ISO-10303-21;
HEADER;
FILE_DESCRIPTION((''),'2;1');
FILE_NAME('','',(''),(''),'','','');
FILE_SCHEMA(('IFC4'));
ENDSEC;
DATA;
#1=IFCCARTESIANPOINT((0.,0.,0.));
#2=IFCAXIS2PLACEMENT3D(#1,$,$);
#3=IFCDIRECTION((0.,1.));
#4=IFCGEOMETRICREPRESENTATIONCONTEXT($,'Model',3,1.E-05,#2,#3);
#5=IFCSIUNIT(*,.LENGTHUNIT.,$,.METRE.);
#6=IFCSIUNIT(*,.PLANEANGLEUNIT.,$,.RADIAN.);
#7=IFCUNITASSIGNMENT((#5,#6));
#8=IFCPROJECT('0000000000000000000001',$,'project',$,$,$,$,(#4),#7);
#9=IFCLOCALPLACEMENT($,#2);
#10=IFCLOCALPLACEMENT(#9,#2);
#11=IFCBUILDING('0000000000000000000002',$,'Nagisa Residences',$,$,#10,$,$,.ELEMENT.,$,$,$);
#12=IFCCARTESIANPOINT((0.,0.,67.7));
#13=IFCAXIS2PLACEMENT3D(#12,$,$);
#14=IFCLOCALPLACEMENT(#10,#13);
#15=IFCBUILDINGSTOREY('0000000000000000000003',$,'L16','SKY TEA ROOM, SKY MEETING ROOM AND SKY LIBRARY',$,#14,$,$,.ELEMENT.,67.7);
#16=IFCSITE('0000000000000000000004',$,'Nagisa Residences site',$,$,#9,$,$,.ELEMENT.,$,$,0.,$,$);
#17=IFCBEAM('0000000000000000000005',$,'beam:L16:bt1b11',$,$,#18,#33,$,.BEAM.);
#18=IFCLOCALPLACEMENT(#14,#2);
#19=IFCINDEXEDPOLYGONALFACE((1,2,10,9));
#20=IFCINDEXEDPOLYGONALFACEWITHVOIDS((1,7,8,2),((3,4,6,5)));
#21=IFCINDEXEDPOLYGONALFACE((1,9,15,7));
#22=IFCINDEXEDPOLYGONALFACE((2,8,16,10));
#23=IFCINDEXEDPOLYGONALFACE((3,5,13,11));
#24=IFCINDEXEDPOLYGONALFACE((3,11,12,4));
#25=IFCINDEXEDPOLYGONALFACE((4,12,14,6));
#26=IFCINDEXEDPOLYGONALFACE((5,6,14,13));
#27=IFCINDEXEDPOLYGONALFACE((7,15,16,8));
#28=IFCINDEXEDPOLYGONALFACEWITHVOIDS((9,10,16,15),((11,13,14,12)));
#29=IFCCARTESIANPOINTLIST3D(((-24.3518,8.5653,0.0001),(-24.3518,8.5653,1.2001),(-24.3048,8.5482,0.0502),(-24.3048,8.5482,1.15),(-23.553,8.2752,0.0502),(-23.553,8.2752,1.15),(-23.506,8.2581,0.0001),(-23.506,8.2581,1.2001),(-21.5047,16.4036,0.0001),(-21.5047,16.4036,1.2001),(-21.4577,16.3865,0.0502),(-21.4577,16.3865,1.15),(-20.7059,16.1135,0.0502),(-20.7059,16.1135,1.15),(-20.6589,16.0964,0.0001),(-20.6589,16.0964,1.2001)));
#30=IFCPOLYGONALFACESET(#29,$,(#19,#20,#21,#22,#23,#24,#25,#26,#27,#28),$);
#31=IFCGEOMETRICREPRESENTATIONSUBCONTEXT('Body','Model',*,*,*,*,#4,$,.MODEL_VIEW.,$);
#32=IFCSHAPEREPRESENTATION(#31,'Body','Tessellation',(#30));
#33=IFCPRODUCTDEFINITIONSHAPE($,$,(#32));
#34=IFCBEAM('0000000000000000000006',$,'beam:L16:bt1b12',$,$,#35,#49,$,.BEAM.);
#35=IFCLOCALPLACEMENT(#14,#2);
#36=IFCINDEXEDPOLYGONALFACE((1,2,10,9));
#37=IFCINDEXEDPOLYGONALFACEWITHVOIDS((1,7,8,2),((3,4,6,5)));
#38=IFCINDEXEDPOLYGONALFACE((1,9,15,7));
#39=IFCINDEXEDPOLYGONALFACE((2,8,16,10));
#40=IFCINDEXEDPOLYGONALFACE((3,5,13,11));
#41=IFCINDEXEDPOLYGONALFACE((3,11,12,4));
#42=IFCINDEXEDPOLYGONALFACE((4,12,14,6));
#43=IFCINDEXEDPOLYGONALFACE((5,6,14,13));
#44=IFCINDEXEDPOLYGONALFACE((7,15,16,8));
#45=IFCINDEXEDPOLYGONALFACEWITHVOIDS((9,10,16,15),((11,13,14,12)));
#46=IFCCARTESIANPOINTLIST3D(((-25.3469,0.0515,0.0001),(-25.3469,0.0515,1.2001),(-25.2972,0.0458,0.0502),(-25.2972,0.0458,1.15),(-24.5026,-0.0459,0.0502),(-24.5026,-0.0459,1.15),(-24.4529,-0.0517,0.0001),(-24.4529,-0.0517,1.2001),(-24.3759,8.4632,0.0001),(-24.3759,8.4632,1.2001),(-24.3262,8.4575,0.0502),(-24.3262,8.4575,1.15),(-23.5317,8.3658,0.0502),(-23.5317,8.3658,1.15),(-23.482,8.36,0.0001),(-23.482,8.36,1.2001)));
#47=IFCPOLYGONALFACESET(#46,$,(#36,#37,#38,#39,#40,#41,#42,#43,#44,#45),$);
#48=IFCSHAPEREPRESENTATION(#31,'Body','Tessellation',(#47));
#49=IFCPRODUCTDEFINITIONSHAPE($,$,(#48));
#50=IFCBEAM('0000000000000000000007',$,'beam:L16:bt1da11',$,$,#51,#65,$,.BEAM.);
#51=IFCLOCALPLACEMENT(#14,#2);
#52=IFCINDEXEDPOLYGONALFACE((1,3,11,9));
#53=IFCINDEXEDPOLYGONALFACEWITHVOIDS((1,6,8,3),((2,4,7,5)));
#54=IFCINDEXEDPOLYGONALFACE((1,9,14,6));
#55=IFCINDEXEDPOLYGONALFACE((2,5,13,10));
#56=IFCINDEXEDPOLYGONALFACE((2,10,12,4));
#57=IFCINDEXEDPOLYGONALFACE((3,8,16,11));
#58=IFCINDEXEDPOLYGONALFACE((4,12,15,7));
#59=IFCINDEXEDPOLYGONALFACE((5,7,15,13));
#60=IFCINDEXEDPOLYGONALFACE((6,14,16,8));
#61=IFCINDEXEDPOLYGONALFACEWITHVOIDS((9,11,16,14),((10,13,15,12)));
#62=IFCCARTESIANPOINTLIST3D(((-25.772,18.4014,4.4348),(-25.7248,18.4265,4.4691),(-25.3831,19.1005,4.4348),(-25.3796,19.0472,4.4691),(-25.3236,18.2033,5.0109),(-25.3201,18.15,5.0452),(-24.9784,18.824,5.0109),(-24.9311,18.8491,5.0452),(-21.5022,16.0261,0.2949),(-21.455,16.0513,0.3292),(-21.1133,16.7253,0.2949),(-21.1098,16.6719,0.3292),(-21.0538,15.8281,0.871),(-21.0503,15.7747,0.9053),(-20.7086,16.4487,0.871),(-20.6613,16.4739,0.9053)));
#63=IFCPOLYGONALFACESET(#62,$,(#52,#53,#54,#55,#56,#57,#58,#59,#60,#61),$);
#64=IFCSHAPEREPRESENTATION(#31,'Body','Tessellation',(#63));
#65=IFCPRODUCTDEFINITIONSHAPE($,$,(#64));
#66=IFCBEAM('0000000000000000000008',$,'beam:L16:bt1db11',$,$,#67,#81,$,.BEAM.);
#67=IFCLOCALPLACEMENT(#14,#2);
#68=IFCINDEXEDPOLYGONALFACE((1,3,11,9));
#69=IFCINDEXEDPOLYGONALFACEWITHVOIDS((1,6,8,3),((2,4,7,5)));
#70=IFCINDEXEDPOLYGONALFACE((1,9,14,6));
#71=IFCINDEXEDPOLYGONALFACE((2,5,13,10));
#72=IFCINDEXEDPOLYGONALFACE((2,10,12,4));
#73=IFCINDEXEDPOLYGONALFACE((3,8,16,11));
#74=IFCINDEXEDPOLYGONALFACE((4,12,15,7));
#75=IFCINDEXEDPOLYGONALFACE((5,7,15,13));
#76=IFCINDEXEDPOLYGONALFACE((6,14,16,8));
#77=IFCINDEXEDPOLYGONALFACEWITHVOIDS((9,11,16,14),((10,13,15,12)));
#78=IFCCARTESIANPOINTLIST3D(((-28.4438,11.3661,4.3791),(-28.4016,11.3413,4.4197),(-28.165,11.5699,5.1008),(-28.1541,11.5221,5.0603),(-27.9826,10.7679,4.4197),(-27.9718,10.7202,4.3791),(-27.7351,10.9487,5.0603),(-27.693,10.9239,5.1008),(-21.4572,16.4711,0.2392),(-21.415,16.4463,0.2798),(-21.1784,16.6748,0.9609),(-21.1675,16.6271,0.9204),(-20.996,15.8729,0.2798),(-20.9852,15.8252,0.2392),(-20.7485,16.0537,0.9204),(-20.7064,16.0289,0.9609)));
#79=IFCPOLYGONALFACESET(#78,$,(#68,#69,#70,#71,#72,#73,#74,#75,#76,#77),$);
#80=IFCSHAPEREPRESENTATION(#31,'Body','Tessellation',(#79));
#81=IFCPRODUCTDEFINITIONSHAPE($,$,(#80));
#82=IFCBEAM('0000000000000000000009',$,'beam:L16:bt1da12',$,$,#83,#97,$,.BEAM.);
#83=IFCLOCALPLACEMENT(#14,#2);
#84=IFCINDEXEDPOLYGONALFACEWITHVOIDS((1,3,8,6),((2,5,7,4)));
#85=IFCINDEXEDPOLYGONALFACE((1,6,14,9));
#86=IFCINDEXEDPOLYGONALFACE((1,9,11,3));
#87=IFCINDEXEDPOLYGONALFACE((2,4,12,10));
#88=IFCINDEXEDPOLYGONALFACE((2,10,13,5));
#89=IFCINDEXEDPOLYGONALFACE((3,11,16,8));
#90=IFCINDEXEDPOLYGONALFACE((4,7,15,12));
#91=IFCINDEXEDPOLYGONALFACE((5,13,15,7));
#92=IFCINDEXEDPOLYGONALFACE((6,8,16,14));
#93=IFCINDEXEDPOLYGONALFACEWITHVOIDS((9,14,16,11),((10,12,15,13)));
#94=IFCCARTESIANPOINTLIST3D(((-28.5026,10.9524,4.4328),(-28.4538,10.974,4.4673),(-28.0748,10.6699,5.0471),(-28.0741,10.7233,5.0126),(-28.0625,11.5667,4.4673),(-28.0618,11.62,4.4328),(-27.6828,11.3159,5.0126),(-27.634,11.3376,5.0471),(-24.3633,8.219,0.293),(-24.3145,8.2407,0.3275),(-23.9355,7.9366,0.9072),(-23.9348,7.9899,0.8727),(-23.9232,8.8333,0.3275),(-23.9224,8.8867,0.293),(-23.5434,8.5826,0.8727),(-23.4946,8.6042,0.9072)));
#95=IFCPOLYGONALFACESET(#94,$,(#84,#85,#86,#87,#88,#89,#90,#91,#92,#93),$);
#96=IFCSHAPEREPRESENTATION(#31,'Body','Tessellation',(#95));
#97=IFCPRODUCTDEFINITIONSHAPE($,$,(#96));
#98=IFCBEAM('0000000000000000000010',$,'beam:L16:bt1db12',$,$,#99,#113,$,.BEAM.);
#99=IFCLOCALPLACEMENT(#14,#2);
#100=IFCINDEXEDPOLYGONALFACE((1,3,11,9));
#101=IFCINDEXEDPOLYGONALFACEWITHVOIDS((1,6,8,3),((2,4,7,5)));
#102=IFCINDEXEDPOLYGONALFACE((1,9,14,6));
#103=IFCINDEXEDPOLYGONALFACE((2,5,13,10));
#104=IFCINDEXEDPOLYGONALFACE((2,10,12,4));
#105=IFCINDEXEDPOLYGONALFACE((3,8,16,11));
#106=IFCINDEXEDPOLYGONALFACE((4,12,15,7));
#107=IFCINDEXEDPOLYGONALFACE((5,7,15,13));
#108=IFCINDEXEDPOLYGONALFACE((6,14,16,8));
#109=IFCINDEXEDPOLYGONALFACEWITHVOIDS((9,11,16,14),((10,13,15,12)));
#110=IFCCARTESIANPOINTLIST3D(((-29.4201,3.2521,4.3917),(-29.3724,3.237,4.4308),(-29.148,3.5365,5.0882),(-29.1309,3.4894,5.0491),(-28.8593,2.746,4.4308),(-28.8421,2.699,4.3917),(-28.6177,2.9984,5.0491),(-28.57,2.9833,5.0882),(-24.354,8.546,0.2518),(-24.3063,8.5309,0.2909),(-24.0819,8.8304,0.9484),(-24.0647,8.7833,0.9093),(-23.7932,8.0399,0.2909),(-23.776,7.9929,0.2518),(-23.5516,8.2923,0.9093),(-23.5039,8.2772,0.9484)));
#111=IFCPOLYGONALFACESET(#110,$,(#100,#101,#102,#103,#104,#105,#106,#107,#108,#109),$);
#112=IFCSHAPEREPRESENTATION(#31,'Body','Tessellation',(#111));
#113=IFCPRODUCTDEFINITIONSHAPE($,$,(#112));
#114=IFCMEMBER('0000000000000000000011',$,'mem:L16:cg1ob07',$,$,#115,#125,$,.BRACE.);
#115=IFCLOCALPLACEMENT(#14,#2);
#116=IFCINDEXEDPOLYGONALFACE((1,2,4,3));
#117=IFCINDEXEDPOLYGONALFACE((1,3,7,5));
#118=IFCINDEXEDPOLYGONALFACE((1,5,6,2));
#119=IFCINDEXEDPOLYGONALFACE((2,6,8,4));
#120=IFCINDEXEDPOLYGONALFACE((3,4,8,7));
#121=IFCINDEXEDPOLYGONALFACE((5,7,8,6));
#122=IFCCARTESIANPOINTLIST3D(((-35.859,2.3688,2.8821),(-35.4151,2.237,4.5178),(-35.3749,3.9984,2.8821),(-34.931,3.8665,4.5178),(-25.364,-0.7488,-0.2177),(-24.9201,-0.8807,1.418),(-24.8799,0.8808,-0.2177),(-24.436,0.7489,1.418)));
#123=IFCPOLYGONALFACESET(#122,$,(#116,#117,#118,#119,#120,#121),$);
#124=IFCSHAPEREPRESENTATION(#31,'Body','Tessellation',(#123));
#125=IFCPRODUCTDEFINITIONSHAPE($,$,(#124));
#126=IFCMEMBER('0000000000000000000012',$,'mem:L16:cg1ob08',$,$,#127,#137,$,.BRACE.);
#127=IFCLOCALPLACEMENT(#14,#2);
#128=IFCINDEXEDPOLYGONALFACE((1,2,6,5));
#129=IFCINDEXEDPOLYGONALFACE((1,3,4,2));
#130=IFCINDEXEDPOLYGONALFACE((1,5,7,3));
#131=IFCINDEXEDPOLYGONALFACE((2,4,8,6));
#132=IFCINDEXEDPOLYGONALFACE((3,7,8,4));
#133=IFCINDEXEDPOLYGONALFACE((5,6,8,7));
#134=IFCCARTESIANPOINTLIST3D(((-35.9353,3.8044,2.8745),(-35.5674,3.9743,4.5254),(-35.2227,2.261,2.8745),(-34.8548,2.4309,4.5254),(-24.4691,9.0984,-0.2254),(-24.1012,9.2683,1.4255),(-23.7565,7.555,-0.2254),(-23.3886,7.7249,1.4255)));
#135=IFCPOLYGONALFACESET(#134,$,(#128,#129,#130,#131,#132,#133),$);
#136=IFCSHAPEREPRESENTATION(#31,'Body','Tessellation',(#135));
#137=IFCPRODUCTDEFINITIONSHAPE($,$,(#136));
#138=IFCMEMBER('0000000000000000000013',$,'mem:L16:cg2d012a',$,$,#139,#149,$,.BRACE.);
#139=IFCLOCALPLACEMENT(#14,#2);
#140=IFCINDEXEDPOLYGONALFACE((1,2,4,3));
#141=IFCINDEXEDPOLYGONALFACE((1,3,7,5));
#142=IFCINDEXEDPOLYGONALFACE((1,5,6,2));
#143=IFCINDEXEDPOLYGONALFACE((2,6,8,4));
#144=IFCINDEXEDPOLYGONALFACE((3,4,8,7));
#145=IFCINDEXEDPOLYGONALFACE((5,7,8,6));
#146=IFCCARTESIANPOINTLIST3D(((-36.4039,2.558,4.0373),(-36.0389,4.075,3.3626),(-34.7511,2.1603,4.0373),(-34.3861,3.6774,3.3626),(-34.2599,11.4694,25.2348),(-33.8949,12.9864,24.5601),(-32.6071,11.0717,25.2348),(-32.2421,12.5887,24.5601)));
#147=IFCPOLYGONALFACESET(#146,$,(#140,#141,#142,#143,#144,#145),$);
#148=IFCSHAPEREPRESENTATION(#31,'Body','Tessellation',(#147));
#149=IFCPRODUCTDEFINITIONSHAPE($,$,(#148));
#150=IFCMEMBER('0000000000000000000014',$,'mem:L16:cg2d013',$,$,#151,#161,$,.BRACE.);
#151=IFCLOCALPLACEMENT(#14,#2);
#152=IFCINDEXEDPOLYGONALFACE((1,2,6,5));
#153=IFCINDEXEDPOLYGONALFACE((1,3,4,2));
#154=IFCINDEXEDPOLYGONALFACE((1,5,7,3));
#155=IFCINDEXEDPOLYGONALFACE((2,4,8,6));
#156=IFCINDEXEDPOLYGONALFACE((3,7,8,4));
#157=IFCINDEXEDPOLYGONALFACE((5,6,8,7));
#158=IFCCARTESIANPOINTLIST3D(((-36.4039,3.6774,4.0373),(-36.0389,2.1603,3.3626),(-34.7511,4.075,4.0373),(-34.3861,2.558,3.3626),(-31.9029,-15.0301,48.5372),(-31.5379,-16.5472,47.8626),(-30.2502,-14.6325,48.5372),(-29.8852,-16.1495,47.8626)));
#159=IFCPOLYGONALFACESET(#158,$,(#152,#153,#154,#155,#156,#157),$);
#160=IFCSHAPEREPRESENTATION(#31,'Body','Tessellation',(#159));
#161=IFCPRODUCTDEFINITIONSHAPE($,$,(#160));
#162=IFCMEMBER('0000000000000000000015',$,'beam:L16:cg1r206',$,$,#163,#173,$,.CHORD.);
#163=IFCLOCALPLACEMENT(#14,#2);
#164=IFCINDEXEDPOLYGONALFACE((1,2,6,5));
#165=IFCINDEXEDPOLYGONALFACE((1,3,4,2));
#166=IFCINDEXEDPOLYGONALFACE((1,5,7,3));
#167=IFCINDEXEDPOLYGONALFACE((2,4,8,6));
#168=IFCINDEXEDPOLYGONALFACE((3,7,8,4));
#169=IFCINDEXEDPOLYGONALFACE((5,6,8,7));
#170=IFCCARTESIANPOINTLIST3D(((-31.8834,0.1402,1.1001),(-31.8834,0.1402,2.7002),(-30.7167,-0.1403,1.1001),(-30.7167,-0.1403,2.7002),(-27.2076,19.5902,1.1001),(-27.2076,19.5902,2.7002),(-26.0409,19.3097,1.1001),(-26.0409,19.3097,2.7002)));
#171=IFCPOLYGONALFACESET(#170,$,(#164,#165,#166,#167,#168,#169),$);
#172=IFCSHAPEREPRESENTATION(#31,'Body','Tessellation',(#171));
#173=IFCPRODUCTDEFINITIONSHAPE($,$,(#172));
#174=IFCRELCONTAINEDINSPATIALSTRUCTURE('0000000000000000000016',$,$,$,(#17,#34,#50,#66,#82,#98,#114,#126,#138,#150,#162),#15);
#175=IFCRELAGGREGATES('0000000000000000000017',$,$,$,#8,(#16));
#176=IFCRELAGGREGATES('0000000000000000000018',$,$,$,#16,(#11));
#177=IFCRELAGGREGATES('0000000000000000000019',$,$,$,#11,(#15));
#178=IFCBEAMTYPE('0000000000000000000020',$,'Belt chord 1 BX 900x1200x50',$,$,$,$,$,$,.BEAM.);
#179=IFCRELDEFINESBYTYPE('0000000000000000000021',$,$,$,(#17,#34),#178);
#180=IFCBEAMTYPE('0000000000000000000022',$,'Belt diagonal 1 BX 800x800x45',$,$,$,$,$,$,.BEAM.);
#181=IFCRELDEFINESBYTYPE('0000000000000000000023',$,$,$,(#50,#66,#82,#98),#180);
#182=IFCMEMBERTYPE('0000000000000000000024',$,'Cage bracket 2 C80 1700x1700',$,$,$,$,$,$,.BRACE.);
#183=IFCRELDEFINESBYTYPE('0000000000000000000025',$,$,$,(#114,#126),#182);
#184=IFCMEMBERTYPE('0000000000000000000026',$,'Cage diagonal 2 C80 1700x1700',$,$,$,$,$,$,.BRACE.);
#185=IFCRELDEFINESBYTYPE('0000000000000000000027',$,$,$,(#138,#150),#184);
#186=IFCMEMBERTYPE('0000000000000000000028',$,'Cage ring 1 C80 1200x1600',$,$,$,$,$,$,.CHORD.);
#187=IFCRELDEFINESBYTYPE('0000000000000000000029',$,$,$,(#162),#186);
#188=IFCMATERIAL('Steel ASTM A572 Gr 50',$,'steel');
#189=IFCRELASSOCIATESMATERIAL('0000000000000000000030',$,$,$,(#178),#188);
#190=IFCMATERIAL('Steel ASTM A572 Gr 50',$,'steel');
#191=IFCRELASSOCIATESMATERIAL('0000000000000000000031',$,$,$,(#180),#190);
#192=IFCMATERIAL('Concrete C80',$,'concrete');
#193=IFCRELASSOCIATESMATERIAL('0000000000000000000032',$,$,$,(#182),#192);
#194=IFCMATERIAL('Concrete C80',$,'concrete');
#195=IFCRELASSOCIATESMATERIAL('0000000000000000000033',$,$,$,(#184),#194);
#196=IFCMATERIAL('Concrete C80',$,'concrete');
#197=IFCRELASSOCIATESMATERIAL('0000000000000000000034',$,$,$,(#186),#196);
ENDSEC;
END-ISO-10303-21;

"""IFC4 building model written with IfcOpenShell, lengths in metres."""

from ifc_helpers import new_model, si_unit, direction, frame, origin, origin_2d, place, context, subcontext, project, spatial, rectangle, hollow_rectangle, extrude, material, material_profile, profile_set, type_object, element, save


model = new_model("IFC4")

# Units and contexts
model_context = context("Model", 3, precision=1e-05, world=origin(), true_north=direction((0.0, 1.0)))
body_context = subcontext(model_context, "Body", "Model", "MODEL_VIEW")
ifc_project = project(units=[si_unit("LENGTHUNIT", "METRE"), si_unit("PLANEANGLEUNIT", "RADIAN")], contexts=[model_context])

# Site, building, storey
site_placement = place(None, origin())
site = spatial("IfcSite", under=ifc_project, at=site_placement, Name="Nagisa Residences site", CompositionType="ELEMENT", RefElevation=0.0)
building_placement = place(site_placement, origin())
building = spatial("IfcBuilding", under=site, at=building_placement, Name="Nagisa Residences", CompositionType="ELEMENT")
storey_placement = place(building_placement, frame((0.0, 0.0, 67.7)))
storey = spatial("IfcBuildingStorey", under=building, at=storey_placement, Name="L16", Description="SKY TEA ROOM, SKY MEETING ROOM AND SKY LIBRARY", CompositionType="ELEMENT", Elevation=67.7)

# Beams
ifc_material_1 = material(Name="Steel ASTM A572 Gr 50", Category="steel")
ifc_material_profile_1 = material_profile(ifc_material_1, hollow_rectangle(XDim=0.8999, YDim=1.2, WallThickness=0.05, at=origin_2d()), Name="BX 900x1200x50")
ifc_profile_set_1 = profile_set([ifc_material_profile_1], Name="Steel ASTM A572 Gr 50")
beam_type_1 = type_object("IfcBeamType", Name="Belt chord 1 BX 900x1200x50", PredefinedType="BEAM", material=ifc_profile_set_1)
beam_1_placement = place(storey_placement, frame((-21.0818, 16.25, 0.6001), z_axis=(-0.341409, -0.939915, 0.0), x_axis=(0.939915, -0.341409, 0.0)))
element("IfcBeam", 1, at=beam_1_placement, inside=storey, type_object=beam_type_1, Name="beam:L16:bt1b11", PredefinedType="BEAM", context=body_context, shape_type="SweptSolid", body=[
    extrude(hollow_rectangle(XDim=0.8999, YDim=1.2, WallThickness=0.05, at=origin_2d()), origin(), (0.0, 0.0, 1.0), 8.3394),
])
beam_2_placement = place(storey_placement, frame((-23.929, 8.4116, 0.6001), z_axis=(-0.114668, -0.993404, 0.0), x_axis=(0.993404, -0.114668, 0.0)))
element("IfcBeam", 2, at=beam_2_placement, inside=storey, type_object=beam_type_1, Name="beam:L16:bt1b12", PredefinedType="BEAM", context=body_context, shape_type="SweptSolid", body=[
    extrude(hollow_rectangle(XDim=0.8999, YDim=1.2, WallThickness=0.05, at=origin_2d()), origin(), (0.0, 0.0, 1.0), 8.4675),
])
ifc_material_2 = material(Name="Steel ASTM A572 Gr 50", Category="steel")
ifc_material_profile_2 = material_profile(ifc_material_2, hollow_rectangle(XDim=0.8, YDim=0.8, WallThickness=0.0449, at=origin_2d()), Name="BX 800x800x45")
ifc_profile_set_2 = profile_set([ifc_material_profile_2], Name="Steel ASTM A572 Gr 50")
beam_type_2 = type_object("IfcBeamType", Name="Belt diagonal 1 BX 800x800x45", PredefinedType="BEAM", material=ifc_profile_set_2)
beam_3_placement = place(storey_placement, frame((-21.0818, 16.25, 0.6001), z_axis=(-0.666734, 0.370899, 0.646452), x_axis=(-0.486135, -0.873884, 0.0)))
element("IfcBeam", 3, at=beam_3_placement, inside=storey, type_object=beam_type_2, Name="beam:L16:bt1da11", PredefinedType="BEAM", context=body_context, shape_type="SweptSolid", body=[
    extrude(hollow_rectangle(XDim=0.8, YDim=0.8, WallThickness=0.0449, at=origin_2d()), origin(), (0.0, 0.0, 1.0), 6.4041),
])
beam_4_placement = place(storey_placement, frame((-21.0818, 16.25, 0.6001), z_axis=(-0.728354, -0.532197, 0.431586), x_axis=(0.589972, -0.807424, 0.0)))
element("IfcBeam", 4, at=beam_4_placement, inside=storey, type_object=beam_type_2, Name="beam:L16:bt1db11", PredefinedType="BEAM", context=body_context, shape_type="SweptSolid", body=[
    extrude(hollow_rectangle(XDim=0.8, YDim=0.8, WallThickness=0.0449, at=origin_2d()), origin(), (0.0, 0.0, 1.0), 9.5923),
])
beam_5_placement = place(storey_placement, frame((-23.929, 8.4116, 0.6001), z_axis=(-0.640673, 0.42306, 0.640749), x_axis=(-0.551038, -0.83448, 0.0)))
element("IfcBeam", 5, at=beam_5_placement, inside=storey, type_object=beam_type_2, Name="beam:L16:bt1da12", PredefinedType="BEAM", context=body_context, shape_type="SweptSolid", body=[
    extrude(hollow_rectangle(XDim=0.8, YDim=0.8, WallThickness=0.0449, at=origin_2d()), origin(), (0.0, 0.0, 1.0), 6.4609),
])
beam_6_placement = place(storey_placement, frame((-23.929, 8.4116, 0.6001), z_axis=(-0.601962, -0.629027, 0.491902), x_axis=(0.722479, -0.691393, 0.0)))
element("IfcBeam", 6, at=beam_6_placement, inside=storey, type_object=beam_type_2, Name="beam:L16:bt1db12", PredefinedType="BEAM", context=body_context, shape_type="SweptSolid", body=[
    extrude(hollow_rectangle(XDim=0.8, YDim=0.8, WallThickness=0.0449, at=origin_2d()), origin(), (0.0, 0.0, 1.0), 8.416),
])

# Members
ifc_material_3 = material(Name="Concrete C80", Category="concrete")
ifc_material_profile_3 = material_profile(ifc_material_3, rectangle(XDim=1.7, YDim=1.7, at=origin_2d()), Name="C80 1700x1700")
ifc_profile_set_3 = profile_set([ifc_material_profile_3], Name="Concrete C80")
member_type_1 = type_object("IfcMemberType", Name="Cage bracket 2 C80 1700x1700", PredefinedType="BRACE", material=ifc_profile_set_3)
member_1_placement = place(storey_placement, frame((-35.395, 3.1177, 3.7), z_axis=(0.922342, -0.273991, -0.272424), x_axis=(0.284761, 0.958599, 0.0)))
element("IfcMember", 7, at=member_1_placement, inside=storey, type_object=member_type_1, Name="mem:L16:cg1ob07", PredefinedType="BRACE", context=body_context, shape_type="SweptSolid", body=[
    extrude(rectangle(XDim=1.7, YDim=1.7, at=origin_2d()), origin(), (0.0, 0.0, 1.0), 11.3787),
])
member_2_placement = place(storey_placement, frame((-35.395, 3.1177, 3.7), z_axis=(0.88173, 0.407099, -0.238376), x_axis=(-0.419183, 0.907902, 0.0)))
element("IfcMember", 8, at=member_2_placement, inside=storey, type_object=member_type_1, Name="mem:L16:cg1ob08", PredefinedType="BRACE", context=body_context, shape_type="SweptSolid", body=[
    extrude(rectangle(XDim=1.7, YDim=1.7, at=origin_2d()), origin(), (0.0, 0.0, 1.0), 13.0042),
])
ifc_material_4 = material(Name="Concrete C80", Category="concrete")
ifc_material_profile_4 = material_profile(ifc_material_4, rectangle(XDim=1.7, YDim=1.7, at=origin_2d()), Name="C80 1700x1700")
ifc_profile_set_4 = profile_set([ifc_material_profile_4], Name="Concrete C80")
member_type_2 = type_object("IfcMemberType", Name="Cage diagonal 2 C80 1700x1700", PredefinedType="BRACE", material=ifc_profile_set_4)
member_3_placement = place(storey_placement, frame((-35.395, 3.1177, 3.7), z_axis=(0.092839, 0.38587, 0.91787), x_axis=(-0.972256, 0.233921, 0.0)))
element("IfcMember", 9, at=member_3_placement, inside=storey, type_object=member_type_2, Name="mem:L16:cg2d012a", PredefinedType="BRACE", context=body_context, shape_type="SweptSolid", body=[
    extrude(rectangle(XDim=1.7, YDim=1.7, at=origin_2d()), origin(), (0.0, 0.0, 1.0), 23.0942),
])
member_4_placement = place(storey_placement, frame((-35.395, 3.1177, 3.7), z_axis=(0.092839, -0.385867, 0.917871), x_axis=(0.972255, 0.233922, 0.0)))
element("IfcMember", 10, at=member_4_placement, inside=storey, type_object=member_type_2, Name="mem:L16:cg2d013", PredefinedType="BRACE", context=body_context, shape_type="SweptSolid", body=[
    extrude(rectangle(XDim=1.7, YDim=1.7, at=origin_2d()), origin(), (0.0, 0.0, 1.0), 48.4817),
])
ifc_material_5 = material(Name="Concrete C80", Category="concrete")
ifc_material_profile_5 = material_profile(ifc_material_5, rectangle(XDim=1.2, YDim=1.6001, at=origin_2d()), Name="C80 1200x1600")
ifc_profile_set_5 = profile_set([ifc_material_profile_5], Name="Concrete C80")
member_type_3 = type_object("IfcMemberType", Name="Cage ring 1 C80 1200x1600", PredefinedType="CHORD", material=ifc_profile_set_5)
member_5_placement = place(storey_placement, frame((-26.6243, 19.45, 1.9001), z_axis=(-0.233741, -0.972299, 0.0), x_axis=(0.972299, -0.233741, 0.0)))
element("IfcMember", 11, at=member_5_placement, inside=storey, type_object=member_type_3, Name="beam:L16:cg1r206", PredefinedType="CHORD", context=body_context, shape_type="SweptSolid", body=[
    extrude(rectangle(XDim=1.2, YDim=1.6001, at=origin_2d()), origin(), (0.0, 0.0, 1.0), 20.0042),
])

save(model, "model.ifc")
